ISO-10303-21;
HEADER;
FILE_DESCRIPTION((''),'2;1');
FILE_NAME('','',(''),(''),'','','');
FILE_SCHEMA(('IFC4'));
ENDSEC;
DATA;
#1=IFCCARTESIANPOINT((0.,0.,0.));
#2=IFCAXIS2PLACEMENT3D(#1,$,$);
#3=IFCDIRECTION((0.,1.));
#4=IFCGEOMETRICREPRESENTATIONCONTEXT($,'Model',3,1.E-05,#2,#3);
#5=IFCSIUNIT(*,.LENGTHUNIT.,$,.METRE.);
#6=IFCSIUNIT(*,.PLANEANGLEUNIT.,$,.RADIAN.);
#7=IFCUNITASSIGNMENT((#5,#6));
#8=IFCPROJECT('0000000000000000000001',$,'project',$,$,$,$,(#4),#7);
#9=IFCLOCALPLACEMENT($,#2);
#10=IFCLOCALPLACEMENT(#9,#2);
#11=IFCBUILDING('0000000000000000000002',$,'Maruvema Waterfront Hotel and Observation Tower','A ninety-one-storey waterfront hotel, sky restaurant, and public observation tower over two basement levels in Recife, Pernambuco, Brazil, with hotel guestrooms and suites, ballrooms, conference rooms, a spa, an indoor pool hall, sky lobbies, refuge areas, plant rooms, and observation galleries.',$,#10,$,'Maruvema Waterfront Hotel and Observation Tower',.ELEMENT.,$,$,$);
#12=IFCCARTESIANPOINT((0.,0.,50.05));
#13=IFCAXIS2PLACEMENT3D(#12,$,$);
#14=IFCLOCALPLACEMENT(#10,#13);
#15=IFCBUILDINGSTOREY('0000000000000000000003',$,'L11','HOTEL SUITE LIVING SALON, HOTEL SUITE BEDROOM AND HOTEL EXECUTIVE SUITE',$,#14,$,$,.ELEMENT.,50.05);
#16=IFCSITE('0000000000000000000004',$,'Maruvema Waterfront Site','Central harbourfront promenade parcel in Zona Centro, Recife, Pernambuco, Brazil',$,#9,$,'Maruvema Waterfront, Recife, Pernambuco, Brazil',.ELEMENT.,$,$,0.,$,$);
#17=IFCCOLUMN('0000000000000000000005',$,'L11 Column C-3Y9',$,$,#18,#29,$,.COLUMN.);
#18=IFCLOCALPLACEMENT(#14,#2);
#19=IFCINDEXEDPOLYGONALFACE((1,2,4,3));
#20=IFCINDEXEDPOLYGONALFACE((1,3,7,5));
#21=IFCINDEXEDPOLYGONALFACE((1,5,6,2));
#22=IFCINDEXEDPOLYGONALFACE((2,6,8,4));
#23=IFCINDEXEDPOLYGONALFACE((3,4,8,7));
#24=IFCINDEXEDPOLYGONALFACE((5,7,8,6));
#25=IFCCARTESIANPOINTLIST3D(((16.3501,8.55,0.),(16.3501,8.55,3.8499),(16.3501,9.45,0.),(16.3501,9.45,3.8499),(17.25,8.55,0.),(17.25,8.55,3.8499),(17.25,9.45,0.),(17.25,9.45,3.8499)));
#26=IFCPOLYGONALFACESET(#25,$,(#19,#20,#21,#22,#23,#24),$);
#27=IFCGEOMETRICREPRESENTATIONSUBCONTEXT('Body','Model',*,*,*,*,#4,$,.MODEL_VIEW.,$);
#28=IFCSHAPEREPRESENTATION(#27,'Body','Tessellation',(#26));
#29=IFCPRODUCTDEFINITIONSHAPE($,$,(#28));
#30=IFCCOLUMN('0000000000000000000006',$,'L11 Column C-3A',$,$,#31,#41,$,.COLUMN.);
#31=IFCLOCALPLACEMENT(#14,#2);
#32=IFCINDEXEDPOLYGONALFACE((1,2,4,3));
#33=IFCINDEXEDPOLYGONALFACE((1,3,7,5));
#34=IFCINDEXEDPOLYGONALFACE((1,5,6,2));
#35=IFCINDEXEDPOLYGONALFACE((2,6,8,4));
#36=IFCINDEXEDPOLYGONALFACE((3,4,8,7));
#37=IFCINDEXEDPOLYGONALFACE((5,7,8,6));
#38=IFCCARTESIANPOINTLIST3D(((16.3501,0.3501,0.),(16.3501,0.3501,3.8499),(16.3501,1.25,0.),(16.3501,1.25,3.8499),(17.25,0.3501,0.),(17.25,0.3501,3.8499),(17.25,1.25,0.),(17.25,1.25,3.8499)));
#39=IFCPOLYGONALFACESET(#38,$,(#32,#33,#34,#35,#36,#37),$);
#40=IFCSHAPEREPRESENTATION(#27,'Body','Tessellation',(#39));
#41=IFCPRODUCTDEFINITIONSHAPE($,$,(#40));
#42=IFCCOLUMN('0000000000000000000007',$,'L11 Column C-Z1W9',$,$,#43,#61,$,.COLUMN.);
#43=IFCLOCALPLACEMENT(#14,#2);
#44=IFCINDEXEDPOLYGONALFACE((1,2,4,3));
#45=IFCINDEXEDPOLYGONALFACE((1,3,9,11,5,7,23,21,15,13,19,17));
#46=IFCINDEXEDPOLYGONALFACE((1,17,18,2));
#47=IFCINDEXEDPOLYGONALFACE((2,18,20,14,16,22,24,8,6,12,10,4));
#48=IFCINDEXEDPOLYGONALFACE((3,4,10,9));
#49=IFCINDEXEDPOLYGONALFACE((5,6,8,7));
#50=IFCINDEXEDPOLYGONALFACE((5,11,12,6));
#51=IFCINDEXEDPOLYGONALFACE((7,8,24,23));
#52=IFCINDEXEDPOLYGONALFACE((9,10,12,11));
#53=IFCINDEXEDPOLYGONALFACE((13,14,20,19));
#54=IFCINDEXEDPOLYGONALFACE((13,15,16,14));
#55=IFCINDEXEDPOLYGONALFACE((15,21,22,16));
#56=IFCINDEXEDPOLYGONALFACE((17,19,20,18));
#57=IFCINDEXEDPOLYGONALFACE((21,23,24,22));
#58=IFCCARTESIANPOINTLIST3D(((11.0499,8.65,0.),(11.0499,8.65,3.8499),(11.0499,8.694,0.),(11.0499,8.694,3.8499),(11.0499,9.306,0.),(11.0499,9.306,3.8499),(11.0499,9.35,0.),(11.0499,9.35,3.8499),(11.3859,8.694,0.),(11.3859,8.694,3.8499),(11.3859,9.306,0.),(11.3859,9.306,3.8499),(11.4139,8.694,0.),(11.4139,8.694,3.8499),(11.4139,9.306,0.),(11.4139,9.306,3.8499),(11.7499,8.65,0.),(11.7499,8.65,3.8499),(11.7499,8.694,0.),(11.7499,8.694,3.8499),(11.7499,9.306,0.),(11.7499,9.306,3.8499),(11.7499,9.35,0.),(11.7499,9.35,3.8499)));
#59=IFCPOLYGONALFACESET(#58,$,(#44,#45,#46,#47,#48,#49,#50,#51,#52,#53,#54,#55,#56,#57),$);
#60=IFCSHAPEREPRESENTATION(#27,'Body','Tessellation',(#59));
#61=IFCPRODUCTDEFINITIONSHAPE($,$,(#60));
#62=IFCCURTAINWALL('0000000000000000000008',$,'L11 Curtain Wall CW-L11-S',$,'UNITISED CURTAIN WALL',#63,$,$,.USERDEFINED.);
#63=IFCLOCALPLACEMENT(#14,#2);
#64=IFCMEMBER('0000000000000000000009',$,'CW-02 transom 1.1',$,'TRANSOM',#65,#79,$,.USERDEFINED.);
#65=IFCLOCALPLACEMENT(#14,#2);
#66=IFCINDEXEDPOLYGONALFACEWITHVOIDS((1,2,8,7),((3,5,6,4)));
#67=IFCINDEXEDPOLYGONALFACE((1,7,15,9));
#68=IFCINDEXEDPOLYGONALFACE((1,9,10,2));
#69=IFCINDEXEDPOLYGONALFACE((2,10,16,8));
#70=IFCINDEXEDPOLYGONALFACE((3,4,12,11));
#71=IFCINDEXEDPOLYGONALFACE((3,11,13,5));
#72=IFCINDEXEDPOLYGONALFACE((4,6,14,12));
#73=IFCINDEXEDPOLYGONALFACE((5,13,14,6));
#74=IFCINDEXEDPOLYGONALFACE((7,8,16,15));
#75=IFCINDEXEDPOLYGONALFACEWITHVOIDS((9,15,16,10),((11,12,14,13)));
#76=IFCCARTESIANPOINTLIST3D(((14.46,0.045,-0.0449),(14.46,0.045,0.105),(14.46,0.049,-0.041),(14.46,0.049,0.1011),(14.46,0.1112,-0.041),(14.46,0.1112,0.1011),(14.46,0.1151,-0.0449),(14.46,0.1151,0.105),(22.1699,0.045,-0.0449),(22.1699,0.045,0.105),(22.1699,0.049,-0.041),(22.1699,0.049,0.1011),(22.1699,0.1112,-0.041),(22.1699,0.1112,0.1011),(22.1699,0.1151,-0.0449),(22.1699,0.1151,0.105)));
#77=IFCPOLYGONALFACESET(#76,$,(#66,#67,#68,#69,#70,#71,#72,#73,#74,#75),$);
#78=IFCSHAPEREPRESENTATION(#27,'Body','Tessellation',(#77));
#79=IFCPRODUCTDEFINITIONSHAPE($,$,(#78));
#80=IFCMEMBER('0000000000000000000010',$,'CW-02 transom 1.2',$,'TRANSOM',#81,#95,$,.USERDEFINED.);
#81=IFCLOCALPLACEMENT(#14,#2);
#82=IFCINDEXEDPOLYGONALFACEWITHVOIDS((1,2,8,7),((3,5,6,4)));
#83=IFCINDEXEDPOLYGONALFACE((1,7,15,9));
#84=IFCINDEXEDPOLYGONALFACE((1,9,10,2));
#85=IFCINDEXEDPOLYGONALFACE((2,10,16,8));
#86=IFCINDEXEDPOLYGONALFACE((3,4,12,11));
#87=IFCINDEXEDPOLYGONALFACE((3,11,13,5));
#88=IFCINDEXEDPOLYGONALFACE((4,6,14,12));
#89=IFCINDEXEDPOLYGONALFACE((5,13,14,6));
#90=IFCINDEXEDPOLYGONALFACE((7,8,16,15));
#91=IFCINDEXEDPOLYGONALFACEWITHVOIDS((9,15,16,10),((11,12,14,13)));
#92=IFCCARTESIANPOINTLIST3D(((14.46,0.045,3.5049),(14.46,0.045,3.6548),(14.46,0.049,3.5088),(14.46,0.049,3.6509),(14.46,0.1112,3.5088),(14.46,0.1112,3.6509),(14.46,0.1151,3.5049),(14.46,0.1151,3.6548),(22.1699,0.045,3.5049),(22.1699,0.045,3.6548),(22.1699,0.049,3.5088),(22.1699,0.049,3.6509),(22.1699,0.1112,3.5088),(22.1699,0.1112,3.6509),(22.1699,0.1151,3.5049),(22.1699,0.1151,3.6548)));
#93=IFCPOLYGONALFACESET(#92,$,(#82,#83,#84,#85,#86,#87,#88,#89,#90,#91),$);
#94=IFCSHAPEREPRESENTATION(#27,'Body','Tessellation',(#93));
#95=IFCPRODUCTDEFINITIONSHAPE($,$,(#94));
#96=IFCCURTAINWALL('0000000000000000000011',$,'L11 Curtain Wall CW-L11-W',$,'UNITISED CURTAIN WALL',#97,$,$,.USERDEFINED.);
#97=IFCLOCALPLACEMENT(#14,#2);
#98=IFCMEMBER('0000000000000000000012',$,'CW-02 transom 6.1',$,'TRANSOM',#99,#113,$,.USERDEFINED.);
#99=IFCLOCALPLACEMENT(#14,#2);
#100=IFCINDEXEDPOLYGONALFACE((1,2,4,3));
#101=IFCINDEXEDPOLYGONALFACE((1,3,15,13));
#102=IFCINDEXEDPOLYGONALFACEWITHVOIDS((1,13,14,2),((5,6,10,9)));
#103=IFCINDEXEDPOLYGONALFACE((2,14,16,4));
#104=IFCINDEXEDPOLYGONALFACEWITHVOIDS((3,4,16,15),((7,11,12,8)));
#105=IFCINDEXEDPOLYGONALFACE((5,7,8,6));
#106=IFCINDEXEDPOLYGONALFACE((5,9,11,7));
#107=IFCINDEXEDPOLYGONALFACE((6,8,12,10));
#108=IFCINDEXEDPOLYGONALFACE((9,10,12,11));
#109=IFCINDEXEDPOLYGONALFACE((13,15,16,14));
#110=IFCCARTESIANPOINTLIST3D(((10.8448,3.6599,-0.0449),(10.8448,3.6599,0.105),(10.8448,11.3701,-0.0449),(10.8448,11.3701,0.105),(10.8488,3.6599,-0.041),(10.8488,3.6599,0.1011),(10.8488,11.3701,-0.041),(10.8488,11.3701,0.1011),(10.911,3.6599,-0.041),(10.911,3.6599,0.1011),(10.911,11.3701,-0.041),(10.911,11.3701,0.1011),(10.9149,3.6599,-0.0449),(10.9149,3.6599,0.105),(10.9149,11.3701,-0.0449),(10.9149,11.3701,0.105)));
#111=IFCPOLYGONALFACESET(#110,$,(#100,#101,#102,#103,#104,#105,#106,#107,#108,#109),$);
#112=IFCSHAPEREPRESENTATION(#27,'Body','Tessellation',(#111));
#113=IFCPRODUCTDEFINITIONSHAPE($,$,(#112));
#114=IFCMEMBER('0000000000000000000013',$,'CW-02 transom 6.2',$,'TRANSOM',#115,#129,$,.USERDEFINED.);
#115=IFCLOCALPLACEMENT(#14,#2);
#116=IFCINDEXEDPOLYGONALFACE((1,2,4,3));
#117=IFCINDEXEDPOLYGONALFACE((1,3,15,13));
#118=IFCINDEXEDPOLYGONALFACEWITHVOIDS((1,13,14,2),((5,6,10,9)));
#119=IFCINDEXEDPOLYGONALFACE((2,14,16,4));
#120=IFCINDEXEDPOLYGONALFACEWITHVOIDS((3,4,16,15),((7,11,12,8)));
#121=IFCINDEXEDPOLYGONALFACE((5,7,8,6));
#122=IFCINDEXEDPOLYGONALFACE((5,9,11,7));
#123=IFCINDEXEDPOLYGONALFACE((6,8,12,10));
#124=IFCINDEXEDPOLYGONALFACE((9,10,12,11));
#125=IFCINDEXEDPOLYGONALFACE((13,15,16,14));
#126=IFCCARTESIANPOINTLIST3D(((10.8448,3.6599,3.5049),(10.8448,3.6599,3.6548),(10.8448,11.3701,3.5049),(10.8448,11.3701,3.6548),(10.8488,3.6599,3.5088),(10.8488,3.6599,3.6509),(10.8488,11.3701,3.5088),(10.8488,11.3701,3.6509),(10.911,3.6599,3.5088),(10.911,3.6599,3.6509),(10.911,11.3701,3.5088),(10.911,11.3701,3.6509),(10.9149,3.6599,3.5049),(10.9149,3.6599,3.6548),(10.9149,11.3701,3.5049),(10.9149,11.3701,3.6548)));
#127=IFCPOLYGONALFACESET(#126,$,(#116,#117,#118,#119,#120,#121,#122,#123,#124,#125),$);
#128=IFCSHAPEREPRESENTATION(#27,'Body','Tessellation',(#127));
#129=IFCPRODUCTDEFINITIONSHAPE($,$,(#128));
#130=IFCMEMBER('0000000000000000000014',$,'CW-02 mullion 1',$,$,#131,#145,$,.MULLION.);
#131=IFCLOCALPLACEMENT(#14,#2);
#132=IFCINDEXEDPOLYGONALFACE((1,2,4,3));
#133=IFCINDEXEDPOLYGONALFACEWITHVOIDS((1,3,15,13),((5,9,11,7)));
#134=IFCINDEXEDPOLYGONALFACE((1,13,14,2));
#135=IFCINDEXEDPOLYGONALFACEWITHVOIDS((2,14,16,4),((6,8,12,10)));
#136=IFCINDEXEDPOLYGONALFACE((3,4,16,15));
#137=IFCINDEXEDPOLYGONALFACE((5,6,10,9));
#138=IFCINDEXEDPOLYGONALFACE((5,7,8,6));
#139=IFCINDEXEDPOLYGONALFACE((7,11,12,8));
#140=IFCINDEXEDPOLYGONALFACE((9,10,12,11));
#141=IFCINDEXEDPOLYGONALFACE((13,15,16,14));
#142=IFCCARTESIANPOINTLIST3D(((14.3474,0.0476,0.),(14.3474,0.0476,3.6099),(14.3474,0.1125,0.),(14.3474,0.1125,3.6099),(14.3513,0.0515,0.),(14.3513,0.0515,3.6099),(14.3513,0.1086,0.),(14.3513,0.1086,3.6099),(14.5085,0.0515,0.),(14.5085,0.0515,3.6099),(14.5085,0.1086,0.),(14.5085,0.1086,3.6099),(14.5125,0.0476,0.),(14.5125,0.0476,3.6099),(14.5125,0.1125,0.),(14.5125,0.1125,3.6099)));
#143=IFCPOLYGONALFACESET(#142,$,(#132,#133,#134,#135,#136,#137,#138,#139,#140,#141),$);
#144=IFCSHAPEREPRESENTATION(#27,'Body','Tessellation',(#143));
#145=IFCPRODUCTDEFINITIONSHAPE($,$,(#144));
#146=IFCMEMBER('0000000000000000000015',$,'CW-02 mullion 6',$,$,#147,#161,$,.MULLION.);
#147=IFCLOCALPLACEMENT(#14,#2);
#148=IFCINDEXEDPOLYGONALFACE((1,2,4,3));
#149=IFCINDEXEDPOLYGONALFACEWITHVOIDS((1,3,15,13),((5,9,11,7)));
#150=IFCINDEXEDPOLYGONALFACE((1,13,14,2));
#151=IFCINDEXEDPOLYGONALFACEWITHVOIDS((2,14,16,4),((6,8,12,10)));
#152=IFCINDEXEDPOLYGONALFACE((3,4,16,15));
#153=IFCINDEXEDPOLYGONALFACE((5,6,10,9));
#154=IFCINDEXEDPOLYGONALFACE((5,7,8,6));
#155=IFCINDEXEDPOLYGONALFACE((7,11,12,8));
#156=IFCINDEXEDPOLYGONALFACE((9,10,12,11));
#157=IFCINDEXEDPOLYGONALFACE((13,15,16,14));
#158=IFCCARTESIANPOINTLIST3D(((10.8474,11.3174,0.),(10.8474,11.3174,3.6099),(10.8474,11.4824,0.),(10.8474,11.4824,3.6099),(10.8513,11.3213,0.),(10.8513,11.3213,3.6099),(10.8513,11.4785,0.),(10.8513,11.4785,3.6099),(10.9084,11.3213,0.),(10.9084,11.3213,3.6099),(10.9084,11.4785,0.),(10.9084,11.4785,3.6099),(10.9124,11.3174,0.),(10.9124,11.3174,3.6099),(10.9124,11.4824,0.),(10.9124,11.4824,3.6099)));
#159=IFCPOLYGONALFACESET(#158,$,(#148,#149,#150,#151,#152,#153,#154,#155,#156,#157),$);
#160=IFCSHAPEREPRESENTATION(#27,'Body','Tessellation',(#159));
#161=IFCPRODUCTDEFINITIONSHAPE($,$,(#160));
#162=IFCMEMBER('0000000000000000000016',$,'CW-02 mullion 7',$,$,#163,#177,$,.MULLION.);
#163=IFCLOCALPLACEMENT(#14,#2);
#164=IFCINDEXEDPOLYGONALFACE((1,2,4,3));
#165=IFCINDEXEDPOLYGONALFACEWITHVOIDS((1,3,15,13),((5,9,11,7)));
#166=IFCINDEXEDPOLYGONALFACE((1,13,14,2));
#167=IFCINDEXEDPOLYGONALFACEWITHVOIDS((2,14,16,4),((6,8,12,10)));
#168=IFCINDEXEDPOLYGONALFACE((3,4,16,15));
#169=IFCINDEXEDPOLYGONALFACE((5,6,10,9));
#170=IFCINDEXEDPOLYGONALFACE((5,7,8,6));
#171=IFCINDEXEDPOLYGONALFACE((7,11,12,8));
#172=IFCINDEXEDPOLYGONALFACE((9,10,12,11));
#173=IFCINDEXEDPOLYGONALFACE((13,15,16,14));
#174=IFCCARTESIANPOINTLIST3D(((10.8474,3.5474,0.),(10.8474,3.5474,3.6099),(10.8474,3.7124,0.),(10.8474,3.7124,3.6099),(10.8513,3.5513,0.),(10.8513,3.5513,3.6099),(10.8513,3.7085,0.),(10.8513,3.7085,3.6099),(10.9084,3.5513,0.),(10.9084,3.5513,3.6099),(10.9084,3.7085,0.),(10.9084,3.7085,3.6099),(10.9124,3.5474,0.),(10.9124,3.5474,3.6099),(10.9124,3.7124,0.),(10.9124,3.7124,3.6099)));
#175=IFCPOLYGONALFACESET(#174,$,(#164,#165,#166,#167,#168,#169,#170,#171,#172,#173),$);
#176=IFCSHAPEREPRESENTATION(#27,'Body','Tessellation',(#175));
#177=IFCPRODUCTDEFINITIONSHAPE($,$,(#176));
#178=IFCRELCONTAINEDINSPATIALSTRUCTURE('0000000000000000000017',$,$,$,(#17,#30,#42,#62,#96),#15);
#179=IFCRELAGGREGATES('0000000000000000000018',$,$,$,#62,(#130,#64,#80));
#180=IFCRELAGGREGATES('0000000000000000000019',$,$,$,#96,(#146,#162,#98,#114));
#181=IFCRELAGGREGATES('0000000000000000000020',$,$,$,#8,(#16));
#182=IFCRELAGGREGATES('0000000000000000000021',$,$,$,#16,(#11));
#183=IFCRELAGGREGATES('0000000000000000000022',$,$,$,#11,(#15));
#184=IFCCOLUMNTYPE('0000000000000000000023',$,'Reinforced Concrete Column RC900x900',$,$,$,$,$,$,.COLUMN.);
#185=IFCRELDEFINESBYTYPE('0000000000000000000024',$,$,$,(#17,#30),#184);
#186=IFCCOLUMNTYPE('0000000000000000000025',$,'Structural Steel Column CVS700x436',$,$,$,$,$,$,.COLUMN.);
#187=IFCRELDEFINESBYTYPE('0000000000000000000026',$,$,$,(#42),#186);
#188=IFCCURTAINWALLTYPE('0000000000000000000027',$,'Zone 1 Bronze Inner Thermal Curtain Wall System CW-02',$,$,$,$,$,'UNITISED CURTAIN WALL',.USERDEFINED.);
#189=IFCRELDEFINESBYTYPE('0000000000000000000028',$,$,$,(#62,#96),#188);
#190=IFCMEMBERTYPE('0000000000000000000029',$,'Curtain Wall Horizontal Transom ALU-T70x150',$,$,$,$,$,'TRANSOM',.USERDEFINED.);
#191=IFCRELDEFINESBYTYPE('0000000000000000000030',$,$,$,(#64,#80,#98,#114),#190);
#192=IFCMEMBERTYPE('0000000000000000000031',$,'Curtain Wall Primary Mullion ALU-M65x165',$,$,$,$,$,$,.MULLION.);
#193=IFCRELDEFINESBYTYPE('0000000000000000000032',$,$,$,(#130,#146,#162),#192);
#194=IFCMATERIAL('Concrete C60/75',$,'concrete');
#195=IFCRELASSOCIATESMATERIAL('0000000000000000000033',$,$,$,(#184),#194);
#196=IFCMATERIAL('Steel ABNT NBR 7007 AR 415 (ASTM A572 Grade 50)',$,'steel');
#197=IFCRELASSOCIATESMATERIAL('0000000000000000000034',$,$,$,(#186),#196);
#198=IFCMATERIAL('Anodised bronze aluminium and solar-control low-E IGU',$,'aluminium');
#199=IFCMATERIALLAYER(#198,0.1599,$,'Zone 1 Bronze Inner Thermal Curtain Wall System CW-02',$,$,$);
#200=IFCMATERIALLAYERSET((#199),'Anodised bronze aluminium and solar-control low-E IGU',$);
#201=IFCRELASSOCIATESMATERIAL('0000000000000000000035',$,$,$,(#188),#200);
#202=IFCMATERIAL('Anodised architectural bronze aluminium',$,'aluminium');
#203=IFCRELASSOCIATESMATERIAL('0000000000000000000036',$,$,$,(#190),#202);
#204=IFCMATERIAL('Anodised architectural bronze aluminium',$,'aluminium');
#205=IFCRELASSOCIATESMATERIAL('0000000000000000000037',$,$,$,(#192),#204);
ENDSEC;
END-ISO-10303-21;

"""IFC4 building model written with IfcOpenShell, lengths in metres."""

from ifc_helpers import new_model, si_unit, direction, frame, origin, origin_2d, place, context, subcontext, project, spatial, rectangle, hollow_rectangle, i_section, extrude, material, layer, layer_set, material_profile, profile_set, type_object, element, aggregate, save


model = new_model("IFC4")

# Units and contexts
model_context = context("Model", 3, precision=1e-05, world=origin(), true_north=direction((0.0, 1.0)))
body_context = subcontext(model_context, "Body", "Model", "MODEL_VIEW")
ifc_project = project(units=[si_unit("LENGTHUNIT", "METRE"), si_unit("PLANEANGLEUNIT", "RADIAN")], contexts=[model_context])

# Site, building, storey
site_placement = place(None, origin())
site = spatial("IfcSite", under=ifc_project, at=site_placement, Name="Maruvema Waterfront Site", Description="Central harbourfront promenade parcel in Zona Centro, Recife, Pernambuco, Brazil", LongName="Maruvema Waterfront, Recife, Pernambuco, Brazil", CompositionType="ELEMENT", RefElevation=0.0)
building_placement = place(site_placement, origin())
building = spatial("IfcBuilding", under=site, at=building_placement, Name="Maruvema Waterfront Hotel and Observation Tower", Description="A ninety-one-storey waterfront hotel, sky restaurant, and public observation tower over two basement levels in Recife, Pernambuco, Brazil, with hotel guestrooms and suites, ballrooms, conference rooms, a spa, an indoor pool hall, sky lobbies, refuge areas, plant rooms, and observation galleries.", LongName="Maruvema Waterfront Hotel and Observation Tower", CompositionType="ELEMENT")
storey_placement = place(building_placement, frame((0.0, 0.0, 50.05)))
storey = spatial("IfcBuildingStorey", under=building, at=storey_placement, Name="L11", Description="HOTEL SUITE LIVING SALON, HOTEL SUITE BEDROOM AND HOTEL EXECUTIVE SUITE", CompositionType="ELEMENT", Elevation=50.05)

# Columns
ifc_material_1 = material(Name="Concrete C60/75", Category="concrete")
ifc_material_profile_1 = material_profile(ifc_material_1, rectangle(XDim=0.8999, YDim=0.8999, at=origin_2d()), Name="RC900x900")
ifc_profile_set_1 = profile_set([ifc_material_profile_1], Name="Concrete C60/75")
column_type_1 = type_object("IfcColumnType", Name="Reinforced Concrete Column RC900x900", PredefinedType="COLUMN", material=ifc_profile_set_1)
for number, where, z_axis, x_axis, name in (
    (1, (16.8, 9.0, 0.0), (0.0, 0.0, 1.0), (1.0, 0.0, 0.0), "L11 Column C-3Y9"),
    (2, (16.8, 0.8, 0.0), (0.0, 0.0, 1.0), (1.0, 0.0, 0.0), "L11 Column C-3A"),
):
    element("IfcColumn", number, at=place(storey_placement, frame(where, z_axis=z_axis, x_axis=x_axis)), inside=storey, type_object=column_type_1, Name=name, PredefinedType="COLUMN", context=body_context, shape_type="SweptSolid", body=[
        extrude(rectangle(XDim=0.8999, YDim=0.8999, at=origin_2d()), origin(), (0.0, 0.0, 1.0), 3.8499),
    ])
ifc_material_2 = material(Name="Steel ABNT NBR 7007 AR 415 (ASTM A572 Grade 50)", Category="steel")
ifc_material_profile_2 = material_profile(ifc_material_2, i_section(OverallWidth=0.7, OverallDepth=0.7, WebThickness=0.0281, FlangeThickness=0.0439, at=origin_2d()), Name="CVS700x436")
ifc_profile_set_2 = profile_set([ifc_material_profile_2], Name="Steel ABNT NBR 7007 AR 415 (ASTM A572 Grade 50)")
column_type_2 = type_object("IfcColumnType", Name="Structural Steel Column CVS700x436", PredefinedType="COLUMN", material=ifc_profile_set_2)
column_placement = place(storey_placement, frame((11.3999, 9.0, 0.0), z_axis=(0.0, 0.0, 1.0), x_axis=(1.0, 0.0, 0.0)))
element("IfcColumn", 3, at=column_placement, inside=storey, type_object=column_type_2, Name="L11 Column C-Z1W9", PredefinedType="COLUMN", context=body_context, shape_type="SweptSolid", body=[
    extrude(i_section(OverallWidth=0.7, OverallDepth=0.7, WebThickness=0.0281, FlangeThickness=0.0439, at=origin_2d()), origin(), (0.0, 0.0, 1.0), 3.8499),
])

# Curtain walls, members
ifc_material_3 = material(Name="Anodised bronze aluminium and solar-control low-E IGU", Category="aluminium")
ifc_layer_1 = layer(ifc_material_3, 0.1599, Name="Zone 1 Bronze Inner Thermal Curtain Wall System CW-02")
ifc_layer_set_1 = layer_set([ifc_layer_1], Name="Anodised bronze aluminium and solar-control low-E IGU")
curtain_wall_type = type_object("IfcCurtainWallType", Name="Zone 1 Bronze Inner Thermal Curtain Wall System CW-02", ElementType="UNITISED CURTAIN WALL", PredefinedType="USERDEFINED", material=ifc_layer_set_1)
curtain_wall_1_placement = place(storey_placement, origin())
curtain_wall_1 = element("IfcCurtainWall", 4, at=curtain_wall_1_placement, inside=storey, type_object=curtain_wall_type, Name="L11 Curtain Wall CW-L11-S", ObjectType="UNITISED CURTAIN WALL", PredefinedType="USERDEFINED")
ifc_material_4 = material(Name="Anodised architectural bronze aluminium", Category="aluminium")
ifc_material_profile_3 = material_profile(ifc_material_4, hollow_rectangle(XDim=0.0701, YDim=0.1499, WallThickness=0.0039, at=origin_2d()), Name="ALU-T70x150")
ifc_profile_set_3 = profile_set([ifc_material_profile_3], Name="Anodised architectural bronze aluminium")
member_type_1 = type_object("IfcMemberType", Name="Curtain Wall Horizontal Transom ALU-T70x150", ElementType="TRANSOM", PredefinedType="USERDEFINED", material=ifc_profile_set_3)
member_1_placement = place(storey_placement, frame((14.46, 0.0801, 0.03), z_axis=(1.0, 0.0, 0.0), x_axis=(0.0, 1.0, 0.0)))
member_1 = element("IfcMember", 5, at=member_1_placement, type_object=member_type_1, Name="CW-02 transom 1.1", ObjectType="TRANSOM", PredefinedType="USERDEFINED", context=body_context, shape_type="SweptSolid", body=[
    extrude(hollow_rectangle(XDim=0.0701, YDim=0.1499, WallThickness=0.0039, at=origin_2d()), origin(), (0.0, 0.0, 1.0), 7.71),
])
member_2_placement = place(storey_placement, frame((14.46, 0.0801, 3.5798), z_axis=(1.0, 0.0, 0.0), x_axis=(0.0, 1.0, 0.0)))
member_2 = element("IfcMember", 6, at=member_2_placement, type_object=member_type_1, Name="CW-02 transom 1.2", ObjectType="TRANSOM", PredefinedType="USERDEFINED", context=body_context, shape_type="SweptSolid", body=[
    extrude(hollow_rectangle(XDim=0.0701, YDim=0.1499, WallThickness=0.0039, at=origin_2d()), origin(), (0.0, 0.0, 1.0), 7.71),
])
curtain_wall_2_placement = place(storey_placement, origin())
curtain_wall_2 = element("IfcCurtainWall", 7, at=curtain_wall_2_placement, inside=storey, type_object=curtain_wall_type, Name="L11 Curtain Wall CW-L11-W", ObjectType="UNITISED CURTAIN WALL", PredefinedType="USERDEFINED")
member_3_placement = place(storey_placement, frame((10.8799, 11.3701, 0.03), z_axis=(0.0, -1.0, 0.0), x_axis=(1.0, 0.0, 0.0)))
member_3 = element("IfcMember", 8, at=member_3_placement, type_object=member_type_1, Name="CW-02 transom 6.1", ObjectType="TRANSOM", PredefinedType="USERDEFINED", context=body_context, shape_type="SweptSolid", body=[
    extrude(hollow_rectangle(XDim=0.0701, YDim=0.1499, WallThickness=0.0039, at=origin_2d()), origin(), (0.0, 0.0, 1.0), 7.7102),
])
member_4_placement = place(storey_placement, frame((10.8799, 11.3701, 3.5798), z_axis=(0.0, -1.0, 0.0), x_axis=(1.0, 0.0, 0.0)))
member_4 = element("IfcMember", 9, at=member_4_placement, type_object=member_type_1, Name="CW-02 transom 6.2", ObjectType="TRANSOM", PredefinedType="USERDEFINED", context=body_context, shape_type="SweptSolid", body=[
    extrude(hollow_rectangle(XDim=0.0701, YDim=0.1499, WallThickness=0.0039, at=origin_2d()), origin(), (0.0, 0.0, 1.0), 7.7102),
])

# Members
ifc_material_5 = material(Name="Anodised architectural bronze aluminium", Category="aluminium")
ifc_material_profile_4 = material_profile(ifc_material_5, hollow_rectangle(XDim=0.0649, YDim=0.165, WallThickness=0.0039, at=origin_2d()), Name="ALU-M65x165")
ifc_profile_set_4 = profile_set([ifc_material_profile_4], Name="Anodised architectural bronze aluminium")
member_type_2 = type_object("IfcMemberType", Name="Curtain Wall Primary Mullion ALU-M65x165", PredefinedType="MULLION", material=ifc_profile_set_4)
member_5_placement = place(storey_placement, frame((14.4299, 0.0801, 0.0), z_axis=(0.0, 0.0, 1.0), x_axis=(0.0, 1.0, 0.0)))
member_5 = element("IfcMember", 10, at=member_5_placement, type_object=member_type_2, Name="CW-02 mullion 1", PredefinedType="MULLION", context=body_context, shape_type="SweptSolid", body=[
    extrude(hollow_rectangle(XDim=0.0649, YDim=0.165, WallThickness=0.0039, at=origin_2d()), origin(), (0.0, 0.0, 1.0), 3.6099),
])
member_6_placement = place(storey_placement, frame((10.8799, 11.3999, 0.0), z_axis=(0.0, 0.0, 1.0), x_axis=(1.0, 0.0, 0.0)))
member_6 = element("IfcMember", 11, at=member_6_placement, type_object=member_type_2, Name="CW-02 mullion 6", PredefinedType="MULLION", context=body_context, shape_type="SweptSolid", body=[
    extrude(hollow_rectangle(XDim=0.0649, YDim=0.165, WallThickness=0.0039, at=origin_2d()), origin(), (0.0, 0.0, 1.0), 3.6099),
])
member_7_placement = place(storey_placement, frame((10.8799, 3.6299, 0.0), z_axis=(0.0, 0.0, 1.0), x_axis=(1.0, 0.0, 0.0)))
member_7 = element("IfcMember", 12, at=member_7_placement, type_object=member_type_2, Name="CW-02 mullion 7", PredefinedType="MULLION", context=body_context, shape_type="SweptSolid", body=[
    extrude(hollow_rectangle(XDim=0.0649, YDim=0.165, WallThickness=0.0039, at=origin_2d()), origin(), (0.0, 0.0, 1.0), 3.6099),
])

aggregate(curtain_wall_1, [member_5, member_1, member_2])
aggregate(curtain_wall_2, [member_6, member_7, member_3, member_4])

save(model, "model.ifc")
